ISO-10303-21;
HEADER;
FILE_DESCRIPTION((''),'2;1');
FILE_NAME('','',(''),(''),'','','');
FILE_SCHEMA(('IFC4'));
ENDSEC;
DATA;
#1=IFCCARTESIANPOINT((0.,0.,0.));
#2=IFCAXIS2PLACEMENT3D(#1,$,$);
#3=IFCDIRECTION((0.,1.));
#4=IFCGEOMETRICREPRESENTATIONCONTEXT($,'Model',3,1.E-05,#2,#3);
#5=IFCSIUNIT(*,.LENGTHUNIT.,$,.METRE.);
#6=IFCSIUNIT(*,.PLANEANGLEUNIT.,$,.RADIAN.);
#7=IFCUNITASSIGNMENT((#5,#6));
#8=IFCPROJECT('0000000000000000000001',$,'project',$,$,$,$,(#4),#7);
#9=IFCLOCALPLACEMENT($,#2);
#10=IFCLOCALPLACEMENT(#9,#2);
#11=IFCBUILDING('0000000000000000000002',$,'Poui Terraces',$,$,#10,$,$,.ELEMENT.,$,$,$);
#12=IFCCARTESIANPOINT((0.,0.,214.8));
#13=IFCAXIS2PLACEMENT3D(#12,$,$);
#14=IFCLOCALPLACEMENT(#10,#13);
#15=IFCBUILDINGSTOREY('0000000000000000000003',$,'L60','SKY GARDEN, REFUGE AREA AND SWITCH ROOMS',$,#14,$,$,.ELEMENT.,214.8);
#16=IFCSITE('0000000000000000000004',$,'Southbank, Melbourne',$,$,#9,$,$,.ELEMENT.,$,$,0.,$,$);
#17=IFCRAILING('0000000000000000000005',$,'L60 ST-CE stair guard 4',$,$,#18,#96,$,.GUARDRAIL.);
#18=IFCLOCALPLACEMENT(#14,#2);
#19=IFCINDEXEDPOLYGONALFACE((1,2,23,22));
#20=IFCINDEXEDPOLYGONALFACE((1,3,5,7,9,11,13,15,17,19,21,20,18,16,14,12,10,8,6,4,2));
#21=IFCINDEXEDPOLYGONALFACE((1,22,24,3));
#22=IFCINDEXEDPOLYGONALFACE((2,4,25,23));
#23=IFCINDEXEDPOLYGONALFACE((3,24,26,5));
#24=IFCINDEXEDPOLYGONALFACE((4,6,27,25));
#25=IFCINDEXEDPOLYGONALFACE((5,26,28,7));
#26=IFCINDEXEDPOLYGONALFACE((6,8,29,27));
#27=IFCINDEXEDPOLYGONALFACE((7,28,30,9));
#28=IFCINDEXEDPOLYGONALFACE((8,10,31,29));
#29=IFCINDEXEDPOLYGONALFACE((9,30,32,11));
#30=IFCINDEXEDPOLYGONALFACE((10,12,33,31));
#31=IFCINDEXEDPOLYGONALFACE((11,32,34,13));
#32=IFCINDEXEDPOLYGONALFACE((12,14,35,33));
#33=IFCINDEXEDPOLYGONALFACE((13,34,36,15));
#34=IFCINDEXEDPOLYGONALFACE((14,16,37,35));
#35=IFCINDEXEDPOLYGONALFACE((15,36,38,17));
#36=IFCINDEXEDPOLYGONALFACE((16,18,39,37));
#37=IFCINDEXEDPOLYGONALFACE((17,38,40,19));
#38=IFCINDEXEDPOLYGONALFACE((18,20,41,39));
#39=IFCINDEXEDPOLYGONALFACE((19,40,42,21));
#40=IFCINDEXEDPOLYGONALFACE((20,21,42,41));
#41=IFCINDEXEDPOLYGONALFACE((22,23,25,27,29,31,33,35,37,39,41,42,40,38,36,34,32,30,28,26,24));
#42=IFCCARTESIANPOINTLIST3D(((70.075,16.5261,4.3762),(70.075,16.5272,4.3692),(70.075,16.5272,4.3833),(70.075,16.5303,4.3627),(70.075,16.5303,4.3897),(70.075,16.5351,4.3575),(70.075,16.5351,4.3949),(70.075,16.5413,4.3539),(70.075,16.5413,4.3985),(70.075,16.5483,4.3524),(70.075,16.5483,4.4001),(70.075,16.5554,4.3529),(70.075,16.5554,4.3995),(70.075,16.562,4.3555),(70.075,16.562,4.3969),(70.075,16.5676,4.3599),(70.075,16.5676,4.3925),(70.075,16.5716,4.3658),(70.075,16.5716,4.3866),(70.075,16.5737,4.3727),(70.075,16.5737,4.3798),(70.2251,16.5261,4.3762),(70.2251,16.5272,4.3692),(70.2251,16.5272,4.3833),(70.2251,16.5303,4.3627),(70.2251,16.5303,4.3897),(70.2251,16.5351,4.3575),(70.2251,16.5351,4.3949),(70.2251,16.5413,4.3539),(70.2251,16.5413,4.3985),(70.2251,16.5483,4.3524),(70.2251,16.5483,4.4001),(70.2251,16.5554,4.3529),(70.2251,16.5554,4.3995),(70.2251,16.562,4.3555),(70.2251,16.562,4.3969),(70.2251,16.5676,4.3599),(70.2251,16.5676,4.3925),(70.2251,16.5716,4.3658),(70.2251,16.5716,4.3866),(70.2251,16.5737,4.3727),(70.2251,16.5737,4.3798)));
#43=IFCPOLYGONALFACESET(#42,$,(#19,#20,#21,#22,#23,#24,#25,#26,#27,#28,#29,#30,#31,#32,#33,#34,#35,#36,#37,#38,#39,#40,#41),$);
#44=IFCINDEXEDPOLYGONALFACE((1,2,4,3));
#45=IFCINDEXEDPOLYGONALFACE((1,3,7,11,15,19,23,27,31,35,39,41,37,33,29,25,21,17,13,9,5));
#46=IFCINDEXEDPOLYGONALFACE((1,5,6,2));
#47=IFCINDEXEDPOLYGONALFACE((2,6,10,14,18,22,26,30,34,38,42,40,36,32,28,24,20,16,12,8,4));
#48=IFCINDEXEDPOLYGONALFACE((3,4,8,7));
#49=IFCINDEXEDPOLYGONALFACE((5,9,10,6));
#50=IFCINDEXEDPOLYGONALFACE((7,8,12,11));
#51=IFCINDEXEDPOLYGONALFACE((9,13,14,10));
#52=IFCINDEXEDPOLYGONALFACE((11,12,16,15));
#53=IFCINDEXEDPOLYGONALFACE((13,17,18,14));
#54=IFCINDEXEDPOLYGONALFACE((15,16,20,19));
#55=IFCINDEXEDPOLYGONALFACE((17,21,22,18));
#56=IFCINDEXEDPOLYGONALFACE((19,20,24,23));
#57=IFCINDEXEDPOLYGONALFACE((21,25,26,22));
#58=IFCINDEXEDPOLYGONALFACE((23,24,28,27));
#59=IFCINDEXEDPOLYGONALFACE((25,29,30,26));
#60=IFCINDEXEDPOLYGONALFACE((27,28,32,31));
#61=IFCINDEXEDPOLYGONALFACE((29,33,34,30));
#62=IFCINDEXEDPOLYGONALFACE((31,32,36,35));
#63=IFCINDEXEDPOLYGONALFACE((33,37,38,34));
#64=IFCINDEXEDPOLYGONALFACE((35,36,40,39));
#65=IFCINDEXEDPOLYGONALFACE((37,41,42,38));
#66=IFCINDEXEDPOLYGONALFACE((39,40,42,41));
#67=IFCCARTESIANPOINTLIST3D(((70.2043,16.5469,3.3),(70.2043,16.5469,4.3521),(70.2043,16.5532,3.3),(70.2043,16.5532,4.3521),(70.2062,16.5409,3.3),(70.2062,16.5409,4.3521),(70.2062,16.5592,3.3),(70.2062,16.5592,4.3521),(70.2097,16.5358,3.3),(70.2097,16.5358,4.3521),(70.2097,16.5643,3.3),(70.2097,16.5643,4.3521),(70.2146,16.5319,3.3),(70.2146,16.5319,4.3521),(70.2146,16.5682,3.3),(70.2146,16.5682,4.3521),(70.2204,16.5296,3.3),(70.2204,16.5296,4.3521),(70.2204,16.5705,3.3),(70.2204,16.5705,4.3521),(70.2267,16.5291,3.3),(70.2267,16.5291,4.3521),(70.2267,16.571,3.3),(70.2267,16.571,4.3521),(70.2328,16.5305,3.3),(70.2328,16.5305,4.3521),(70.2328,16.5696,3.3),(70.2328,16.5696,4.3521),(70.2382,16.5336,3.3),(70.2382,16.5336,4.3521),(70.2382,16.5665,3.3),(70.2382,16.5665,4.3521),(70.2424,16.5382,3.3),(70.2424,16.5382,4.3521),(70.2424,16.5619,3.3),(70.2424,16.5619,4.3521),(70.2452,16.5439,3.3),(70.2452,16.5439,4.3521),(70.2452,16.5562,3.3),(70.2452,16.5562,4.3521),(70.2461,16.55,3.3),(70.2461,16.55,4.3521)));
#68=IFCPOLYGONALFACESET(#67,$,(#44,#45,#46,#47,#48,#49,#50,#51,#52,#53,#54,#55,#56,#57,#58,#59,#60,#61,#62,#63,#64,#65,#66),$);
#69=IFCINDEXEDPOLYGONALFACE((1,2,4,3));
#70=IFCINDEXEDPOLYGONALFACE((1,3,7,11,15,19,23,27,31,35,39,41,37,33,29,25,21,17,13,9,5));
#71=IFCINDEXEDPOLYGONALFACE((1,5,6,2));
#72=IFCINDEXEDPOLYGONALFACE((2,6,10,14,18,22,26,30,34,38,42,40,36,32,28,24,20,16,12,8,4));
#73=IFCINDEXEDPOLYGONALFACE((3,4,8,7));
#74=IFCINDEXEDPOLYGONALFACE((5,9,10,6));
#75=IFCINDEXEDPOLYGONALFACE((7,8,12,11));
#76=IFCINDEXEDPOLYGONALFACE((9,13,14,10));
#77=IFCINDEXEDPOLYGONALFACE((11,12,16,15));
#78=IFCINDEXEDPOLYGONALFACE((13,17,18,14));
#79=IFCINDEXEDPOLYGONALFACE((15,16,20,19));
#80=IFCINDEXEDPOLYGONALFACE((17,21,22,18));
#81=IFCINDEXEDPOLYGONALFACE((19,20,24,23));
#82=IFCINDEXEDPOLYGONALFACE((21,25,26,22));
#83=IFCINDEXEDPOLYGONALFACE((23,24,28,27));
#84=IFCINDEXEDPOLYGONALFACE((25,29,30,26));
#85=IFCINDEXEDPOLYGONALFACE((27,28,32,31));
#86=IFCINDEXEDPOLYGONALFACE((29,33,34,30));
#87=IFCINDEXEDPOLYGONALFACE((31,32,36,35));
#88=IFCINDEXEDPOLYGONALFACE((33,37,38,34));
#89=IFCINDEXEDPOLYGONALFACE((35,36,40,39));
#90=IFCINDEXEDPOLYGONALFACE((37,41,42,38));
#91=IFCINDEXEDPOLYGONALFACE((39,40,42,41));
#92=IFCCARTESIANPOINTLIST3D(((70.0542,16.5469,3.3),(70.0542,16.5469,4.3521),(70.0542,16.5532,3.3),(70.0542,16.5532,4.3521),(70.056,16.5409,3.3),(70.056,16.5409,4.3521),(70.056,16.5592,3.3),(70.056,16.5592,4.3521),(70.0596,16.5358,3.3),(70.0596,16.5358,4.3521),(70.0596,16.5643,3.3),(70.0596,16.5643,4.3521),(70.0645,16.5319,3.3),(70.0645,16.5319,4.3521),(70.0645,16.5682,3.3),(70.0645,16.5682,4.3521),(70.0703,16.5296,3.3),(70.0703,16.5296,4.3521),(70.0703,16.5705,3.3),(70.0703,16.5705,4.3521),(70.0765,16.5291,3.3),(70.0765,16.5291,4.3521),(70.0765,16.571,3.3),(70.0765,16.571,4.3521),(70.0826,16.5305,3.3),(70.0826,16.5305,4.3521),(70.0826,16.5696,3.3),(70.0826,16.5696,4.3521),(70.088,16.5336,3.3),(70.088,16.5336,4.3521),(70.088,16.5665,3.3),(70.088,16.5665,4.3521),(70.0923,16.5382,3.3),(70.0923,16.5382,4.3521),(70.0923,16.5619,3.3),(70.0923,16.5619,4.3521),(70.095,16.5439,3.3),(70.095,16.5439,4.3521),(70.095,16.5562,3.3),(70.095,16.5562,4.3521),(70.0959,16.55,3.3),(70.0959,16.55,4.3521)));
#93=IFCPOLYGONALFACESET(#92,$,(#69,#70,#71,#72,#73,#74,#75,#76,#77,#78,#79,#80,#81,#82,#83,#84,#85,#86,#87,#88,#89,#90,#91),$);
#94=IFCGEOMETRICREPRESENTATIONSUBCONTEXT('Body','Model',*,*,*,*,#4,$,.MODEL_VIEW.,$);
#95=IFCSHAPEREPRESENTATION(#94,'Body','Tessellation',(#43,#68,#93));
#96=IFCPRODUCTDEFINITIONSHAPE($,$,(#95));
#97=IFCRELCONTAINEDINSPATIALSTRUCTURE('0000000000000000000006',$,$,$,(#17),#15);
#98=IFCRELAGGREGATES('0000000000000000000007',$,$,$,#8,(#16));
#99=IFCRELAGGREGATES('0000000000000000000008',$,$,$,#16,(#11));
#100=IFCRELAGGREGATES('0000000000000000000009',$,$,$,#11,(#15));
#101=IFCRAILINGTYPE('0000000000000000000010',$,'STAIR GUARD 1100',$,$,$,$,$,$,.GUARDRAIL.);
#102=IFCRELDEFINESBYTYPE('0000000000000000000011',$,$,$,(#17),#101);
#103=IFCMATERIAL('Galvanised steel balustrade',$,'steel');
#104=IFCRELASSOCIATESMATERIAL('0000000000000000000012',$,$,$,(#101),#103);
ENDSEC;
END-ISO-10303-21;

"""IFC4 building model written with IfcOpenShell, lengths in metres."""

from ifc_helpers import new_model, si_unit, direction, frame, origin, origin_2d, place, context, subcontext, project, spatial, circle, extrude, material, type_object, element, save


model = new_model("IFC4")

# Units and contexts
model_context = context("Model", 3, precision=1e-05, world=origin(), true_north=direction((0.0, 1.0)))
body_context = subcontext(model_context, "Body", "Model", "MODEL_VIEW")
ifc_project = project(units=[si_unit("LENGTHUNIT", "METRE"), si_unit("PLANEANGLEUNIT", "RADIAN")], contexts=[model_context])

# Site, building, storey
site_placement = place(None, origin())
site = spatial("IfcSite", under=ifc_project, at=site_placement, Name="Southbank, Melbourne", CompositionType="ELEMENT", RefElevation=0.0)
building_placement = place(site_placement, origin())
building = spatial("IfcBuilding", under=site, at=building_placement, Name="Poui Terraces", CompositionType="ELEMENT")
storey_placement = place(building_placement, frame((0.0, 0.0, 214.8)))
storey = spatial("IfcBuildingStorey", under=building, at=storey_placement, Name="L60", Description="SKY GARDEN, REFUGE AREA AND SWITCH ROOMS", CompositionType="ELEMENT", Elevation=214.8)

# Railing
ifc_material_1 = material(Name="Galvanised steel balustrade", Category="steel")
railing_type_1 = type_object("IfcRailingType", Name="STAIR GUARD 1100", PredefinedType="GUARDRAIL", material=ifc_material_1)
railing_1_placement = place(storey_placement, frame((70.2251, 16.55, 3.3)))
element("IfcRailing", 1, at=railing_1_placement, inside=storey, type_object=railing_type_1, Name="L60 ST-CE stair guard 4", PredefinedType="GUARDRAIL", context=body_context, shape_type="SweptSolid", body=[
    extrude(circle(Radius=0.0239, at=origin_2d()), frame((0.0, 0.0, 1.0762), z_axis=(-1.0, 0.0, 0.0), x_axis=(0.0, -1.0, 0.0)), (0.0, 0.0, 1.0), 0.1501),
    extrude(circle(Radius=0.021, at=origin_2d()), origin(), (0.0, 0.0, 1.0), 1.052),
    extrude(circle(Radius=0.021, at=origin_2d()), frame((-0.1501, 0.0, 0.0)), (0.0, 0.0, 1.0), 1.052),
])

save(model, "model.ifc")
